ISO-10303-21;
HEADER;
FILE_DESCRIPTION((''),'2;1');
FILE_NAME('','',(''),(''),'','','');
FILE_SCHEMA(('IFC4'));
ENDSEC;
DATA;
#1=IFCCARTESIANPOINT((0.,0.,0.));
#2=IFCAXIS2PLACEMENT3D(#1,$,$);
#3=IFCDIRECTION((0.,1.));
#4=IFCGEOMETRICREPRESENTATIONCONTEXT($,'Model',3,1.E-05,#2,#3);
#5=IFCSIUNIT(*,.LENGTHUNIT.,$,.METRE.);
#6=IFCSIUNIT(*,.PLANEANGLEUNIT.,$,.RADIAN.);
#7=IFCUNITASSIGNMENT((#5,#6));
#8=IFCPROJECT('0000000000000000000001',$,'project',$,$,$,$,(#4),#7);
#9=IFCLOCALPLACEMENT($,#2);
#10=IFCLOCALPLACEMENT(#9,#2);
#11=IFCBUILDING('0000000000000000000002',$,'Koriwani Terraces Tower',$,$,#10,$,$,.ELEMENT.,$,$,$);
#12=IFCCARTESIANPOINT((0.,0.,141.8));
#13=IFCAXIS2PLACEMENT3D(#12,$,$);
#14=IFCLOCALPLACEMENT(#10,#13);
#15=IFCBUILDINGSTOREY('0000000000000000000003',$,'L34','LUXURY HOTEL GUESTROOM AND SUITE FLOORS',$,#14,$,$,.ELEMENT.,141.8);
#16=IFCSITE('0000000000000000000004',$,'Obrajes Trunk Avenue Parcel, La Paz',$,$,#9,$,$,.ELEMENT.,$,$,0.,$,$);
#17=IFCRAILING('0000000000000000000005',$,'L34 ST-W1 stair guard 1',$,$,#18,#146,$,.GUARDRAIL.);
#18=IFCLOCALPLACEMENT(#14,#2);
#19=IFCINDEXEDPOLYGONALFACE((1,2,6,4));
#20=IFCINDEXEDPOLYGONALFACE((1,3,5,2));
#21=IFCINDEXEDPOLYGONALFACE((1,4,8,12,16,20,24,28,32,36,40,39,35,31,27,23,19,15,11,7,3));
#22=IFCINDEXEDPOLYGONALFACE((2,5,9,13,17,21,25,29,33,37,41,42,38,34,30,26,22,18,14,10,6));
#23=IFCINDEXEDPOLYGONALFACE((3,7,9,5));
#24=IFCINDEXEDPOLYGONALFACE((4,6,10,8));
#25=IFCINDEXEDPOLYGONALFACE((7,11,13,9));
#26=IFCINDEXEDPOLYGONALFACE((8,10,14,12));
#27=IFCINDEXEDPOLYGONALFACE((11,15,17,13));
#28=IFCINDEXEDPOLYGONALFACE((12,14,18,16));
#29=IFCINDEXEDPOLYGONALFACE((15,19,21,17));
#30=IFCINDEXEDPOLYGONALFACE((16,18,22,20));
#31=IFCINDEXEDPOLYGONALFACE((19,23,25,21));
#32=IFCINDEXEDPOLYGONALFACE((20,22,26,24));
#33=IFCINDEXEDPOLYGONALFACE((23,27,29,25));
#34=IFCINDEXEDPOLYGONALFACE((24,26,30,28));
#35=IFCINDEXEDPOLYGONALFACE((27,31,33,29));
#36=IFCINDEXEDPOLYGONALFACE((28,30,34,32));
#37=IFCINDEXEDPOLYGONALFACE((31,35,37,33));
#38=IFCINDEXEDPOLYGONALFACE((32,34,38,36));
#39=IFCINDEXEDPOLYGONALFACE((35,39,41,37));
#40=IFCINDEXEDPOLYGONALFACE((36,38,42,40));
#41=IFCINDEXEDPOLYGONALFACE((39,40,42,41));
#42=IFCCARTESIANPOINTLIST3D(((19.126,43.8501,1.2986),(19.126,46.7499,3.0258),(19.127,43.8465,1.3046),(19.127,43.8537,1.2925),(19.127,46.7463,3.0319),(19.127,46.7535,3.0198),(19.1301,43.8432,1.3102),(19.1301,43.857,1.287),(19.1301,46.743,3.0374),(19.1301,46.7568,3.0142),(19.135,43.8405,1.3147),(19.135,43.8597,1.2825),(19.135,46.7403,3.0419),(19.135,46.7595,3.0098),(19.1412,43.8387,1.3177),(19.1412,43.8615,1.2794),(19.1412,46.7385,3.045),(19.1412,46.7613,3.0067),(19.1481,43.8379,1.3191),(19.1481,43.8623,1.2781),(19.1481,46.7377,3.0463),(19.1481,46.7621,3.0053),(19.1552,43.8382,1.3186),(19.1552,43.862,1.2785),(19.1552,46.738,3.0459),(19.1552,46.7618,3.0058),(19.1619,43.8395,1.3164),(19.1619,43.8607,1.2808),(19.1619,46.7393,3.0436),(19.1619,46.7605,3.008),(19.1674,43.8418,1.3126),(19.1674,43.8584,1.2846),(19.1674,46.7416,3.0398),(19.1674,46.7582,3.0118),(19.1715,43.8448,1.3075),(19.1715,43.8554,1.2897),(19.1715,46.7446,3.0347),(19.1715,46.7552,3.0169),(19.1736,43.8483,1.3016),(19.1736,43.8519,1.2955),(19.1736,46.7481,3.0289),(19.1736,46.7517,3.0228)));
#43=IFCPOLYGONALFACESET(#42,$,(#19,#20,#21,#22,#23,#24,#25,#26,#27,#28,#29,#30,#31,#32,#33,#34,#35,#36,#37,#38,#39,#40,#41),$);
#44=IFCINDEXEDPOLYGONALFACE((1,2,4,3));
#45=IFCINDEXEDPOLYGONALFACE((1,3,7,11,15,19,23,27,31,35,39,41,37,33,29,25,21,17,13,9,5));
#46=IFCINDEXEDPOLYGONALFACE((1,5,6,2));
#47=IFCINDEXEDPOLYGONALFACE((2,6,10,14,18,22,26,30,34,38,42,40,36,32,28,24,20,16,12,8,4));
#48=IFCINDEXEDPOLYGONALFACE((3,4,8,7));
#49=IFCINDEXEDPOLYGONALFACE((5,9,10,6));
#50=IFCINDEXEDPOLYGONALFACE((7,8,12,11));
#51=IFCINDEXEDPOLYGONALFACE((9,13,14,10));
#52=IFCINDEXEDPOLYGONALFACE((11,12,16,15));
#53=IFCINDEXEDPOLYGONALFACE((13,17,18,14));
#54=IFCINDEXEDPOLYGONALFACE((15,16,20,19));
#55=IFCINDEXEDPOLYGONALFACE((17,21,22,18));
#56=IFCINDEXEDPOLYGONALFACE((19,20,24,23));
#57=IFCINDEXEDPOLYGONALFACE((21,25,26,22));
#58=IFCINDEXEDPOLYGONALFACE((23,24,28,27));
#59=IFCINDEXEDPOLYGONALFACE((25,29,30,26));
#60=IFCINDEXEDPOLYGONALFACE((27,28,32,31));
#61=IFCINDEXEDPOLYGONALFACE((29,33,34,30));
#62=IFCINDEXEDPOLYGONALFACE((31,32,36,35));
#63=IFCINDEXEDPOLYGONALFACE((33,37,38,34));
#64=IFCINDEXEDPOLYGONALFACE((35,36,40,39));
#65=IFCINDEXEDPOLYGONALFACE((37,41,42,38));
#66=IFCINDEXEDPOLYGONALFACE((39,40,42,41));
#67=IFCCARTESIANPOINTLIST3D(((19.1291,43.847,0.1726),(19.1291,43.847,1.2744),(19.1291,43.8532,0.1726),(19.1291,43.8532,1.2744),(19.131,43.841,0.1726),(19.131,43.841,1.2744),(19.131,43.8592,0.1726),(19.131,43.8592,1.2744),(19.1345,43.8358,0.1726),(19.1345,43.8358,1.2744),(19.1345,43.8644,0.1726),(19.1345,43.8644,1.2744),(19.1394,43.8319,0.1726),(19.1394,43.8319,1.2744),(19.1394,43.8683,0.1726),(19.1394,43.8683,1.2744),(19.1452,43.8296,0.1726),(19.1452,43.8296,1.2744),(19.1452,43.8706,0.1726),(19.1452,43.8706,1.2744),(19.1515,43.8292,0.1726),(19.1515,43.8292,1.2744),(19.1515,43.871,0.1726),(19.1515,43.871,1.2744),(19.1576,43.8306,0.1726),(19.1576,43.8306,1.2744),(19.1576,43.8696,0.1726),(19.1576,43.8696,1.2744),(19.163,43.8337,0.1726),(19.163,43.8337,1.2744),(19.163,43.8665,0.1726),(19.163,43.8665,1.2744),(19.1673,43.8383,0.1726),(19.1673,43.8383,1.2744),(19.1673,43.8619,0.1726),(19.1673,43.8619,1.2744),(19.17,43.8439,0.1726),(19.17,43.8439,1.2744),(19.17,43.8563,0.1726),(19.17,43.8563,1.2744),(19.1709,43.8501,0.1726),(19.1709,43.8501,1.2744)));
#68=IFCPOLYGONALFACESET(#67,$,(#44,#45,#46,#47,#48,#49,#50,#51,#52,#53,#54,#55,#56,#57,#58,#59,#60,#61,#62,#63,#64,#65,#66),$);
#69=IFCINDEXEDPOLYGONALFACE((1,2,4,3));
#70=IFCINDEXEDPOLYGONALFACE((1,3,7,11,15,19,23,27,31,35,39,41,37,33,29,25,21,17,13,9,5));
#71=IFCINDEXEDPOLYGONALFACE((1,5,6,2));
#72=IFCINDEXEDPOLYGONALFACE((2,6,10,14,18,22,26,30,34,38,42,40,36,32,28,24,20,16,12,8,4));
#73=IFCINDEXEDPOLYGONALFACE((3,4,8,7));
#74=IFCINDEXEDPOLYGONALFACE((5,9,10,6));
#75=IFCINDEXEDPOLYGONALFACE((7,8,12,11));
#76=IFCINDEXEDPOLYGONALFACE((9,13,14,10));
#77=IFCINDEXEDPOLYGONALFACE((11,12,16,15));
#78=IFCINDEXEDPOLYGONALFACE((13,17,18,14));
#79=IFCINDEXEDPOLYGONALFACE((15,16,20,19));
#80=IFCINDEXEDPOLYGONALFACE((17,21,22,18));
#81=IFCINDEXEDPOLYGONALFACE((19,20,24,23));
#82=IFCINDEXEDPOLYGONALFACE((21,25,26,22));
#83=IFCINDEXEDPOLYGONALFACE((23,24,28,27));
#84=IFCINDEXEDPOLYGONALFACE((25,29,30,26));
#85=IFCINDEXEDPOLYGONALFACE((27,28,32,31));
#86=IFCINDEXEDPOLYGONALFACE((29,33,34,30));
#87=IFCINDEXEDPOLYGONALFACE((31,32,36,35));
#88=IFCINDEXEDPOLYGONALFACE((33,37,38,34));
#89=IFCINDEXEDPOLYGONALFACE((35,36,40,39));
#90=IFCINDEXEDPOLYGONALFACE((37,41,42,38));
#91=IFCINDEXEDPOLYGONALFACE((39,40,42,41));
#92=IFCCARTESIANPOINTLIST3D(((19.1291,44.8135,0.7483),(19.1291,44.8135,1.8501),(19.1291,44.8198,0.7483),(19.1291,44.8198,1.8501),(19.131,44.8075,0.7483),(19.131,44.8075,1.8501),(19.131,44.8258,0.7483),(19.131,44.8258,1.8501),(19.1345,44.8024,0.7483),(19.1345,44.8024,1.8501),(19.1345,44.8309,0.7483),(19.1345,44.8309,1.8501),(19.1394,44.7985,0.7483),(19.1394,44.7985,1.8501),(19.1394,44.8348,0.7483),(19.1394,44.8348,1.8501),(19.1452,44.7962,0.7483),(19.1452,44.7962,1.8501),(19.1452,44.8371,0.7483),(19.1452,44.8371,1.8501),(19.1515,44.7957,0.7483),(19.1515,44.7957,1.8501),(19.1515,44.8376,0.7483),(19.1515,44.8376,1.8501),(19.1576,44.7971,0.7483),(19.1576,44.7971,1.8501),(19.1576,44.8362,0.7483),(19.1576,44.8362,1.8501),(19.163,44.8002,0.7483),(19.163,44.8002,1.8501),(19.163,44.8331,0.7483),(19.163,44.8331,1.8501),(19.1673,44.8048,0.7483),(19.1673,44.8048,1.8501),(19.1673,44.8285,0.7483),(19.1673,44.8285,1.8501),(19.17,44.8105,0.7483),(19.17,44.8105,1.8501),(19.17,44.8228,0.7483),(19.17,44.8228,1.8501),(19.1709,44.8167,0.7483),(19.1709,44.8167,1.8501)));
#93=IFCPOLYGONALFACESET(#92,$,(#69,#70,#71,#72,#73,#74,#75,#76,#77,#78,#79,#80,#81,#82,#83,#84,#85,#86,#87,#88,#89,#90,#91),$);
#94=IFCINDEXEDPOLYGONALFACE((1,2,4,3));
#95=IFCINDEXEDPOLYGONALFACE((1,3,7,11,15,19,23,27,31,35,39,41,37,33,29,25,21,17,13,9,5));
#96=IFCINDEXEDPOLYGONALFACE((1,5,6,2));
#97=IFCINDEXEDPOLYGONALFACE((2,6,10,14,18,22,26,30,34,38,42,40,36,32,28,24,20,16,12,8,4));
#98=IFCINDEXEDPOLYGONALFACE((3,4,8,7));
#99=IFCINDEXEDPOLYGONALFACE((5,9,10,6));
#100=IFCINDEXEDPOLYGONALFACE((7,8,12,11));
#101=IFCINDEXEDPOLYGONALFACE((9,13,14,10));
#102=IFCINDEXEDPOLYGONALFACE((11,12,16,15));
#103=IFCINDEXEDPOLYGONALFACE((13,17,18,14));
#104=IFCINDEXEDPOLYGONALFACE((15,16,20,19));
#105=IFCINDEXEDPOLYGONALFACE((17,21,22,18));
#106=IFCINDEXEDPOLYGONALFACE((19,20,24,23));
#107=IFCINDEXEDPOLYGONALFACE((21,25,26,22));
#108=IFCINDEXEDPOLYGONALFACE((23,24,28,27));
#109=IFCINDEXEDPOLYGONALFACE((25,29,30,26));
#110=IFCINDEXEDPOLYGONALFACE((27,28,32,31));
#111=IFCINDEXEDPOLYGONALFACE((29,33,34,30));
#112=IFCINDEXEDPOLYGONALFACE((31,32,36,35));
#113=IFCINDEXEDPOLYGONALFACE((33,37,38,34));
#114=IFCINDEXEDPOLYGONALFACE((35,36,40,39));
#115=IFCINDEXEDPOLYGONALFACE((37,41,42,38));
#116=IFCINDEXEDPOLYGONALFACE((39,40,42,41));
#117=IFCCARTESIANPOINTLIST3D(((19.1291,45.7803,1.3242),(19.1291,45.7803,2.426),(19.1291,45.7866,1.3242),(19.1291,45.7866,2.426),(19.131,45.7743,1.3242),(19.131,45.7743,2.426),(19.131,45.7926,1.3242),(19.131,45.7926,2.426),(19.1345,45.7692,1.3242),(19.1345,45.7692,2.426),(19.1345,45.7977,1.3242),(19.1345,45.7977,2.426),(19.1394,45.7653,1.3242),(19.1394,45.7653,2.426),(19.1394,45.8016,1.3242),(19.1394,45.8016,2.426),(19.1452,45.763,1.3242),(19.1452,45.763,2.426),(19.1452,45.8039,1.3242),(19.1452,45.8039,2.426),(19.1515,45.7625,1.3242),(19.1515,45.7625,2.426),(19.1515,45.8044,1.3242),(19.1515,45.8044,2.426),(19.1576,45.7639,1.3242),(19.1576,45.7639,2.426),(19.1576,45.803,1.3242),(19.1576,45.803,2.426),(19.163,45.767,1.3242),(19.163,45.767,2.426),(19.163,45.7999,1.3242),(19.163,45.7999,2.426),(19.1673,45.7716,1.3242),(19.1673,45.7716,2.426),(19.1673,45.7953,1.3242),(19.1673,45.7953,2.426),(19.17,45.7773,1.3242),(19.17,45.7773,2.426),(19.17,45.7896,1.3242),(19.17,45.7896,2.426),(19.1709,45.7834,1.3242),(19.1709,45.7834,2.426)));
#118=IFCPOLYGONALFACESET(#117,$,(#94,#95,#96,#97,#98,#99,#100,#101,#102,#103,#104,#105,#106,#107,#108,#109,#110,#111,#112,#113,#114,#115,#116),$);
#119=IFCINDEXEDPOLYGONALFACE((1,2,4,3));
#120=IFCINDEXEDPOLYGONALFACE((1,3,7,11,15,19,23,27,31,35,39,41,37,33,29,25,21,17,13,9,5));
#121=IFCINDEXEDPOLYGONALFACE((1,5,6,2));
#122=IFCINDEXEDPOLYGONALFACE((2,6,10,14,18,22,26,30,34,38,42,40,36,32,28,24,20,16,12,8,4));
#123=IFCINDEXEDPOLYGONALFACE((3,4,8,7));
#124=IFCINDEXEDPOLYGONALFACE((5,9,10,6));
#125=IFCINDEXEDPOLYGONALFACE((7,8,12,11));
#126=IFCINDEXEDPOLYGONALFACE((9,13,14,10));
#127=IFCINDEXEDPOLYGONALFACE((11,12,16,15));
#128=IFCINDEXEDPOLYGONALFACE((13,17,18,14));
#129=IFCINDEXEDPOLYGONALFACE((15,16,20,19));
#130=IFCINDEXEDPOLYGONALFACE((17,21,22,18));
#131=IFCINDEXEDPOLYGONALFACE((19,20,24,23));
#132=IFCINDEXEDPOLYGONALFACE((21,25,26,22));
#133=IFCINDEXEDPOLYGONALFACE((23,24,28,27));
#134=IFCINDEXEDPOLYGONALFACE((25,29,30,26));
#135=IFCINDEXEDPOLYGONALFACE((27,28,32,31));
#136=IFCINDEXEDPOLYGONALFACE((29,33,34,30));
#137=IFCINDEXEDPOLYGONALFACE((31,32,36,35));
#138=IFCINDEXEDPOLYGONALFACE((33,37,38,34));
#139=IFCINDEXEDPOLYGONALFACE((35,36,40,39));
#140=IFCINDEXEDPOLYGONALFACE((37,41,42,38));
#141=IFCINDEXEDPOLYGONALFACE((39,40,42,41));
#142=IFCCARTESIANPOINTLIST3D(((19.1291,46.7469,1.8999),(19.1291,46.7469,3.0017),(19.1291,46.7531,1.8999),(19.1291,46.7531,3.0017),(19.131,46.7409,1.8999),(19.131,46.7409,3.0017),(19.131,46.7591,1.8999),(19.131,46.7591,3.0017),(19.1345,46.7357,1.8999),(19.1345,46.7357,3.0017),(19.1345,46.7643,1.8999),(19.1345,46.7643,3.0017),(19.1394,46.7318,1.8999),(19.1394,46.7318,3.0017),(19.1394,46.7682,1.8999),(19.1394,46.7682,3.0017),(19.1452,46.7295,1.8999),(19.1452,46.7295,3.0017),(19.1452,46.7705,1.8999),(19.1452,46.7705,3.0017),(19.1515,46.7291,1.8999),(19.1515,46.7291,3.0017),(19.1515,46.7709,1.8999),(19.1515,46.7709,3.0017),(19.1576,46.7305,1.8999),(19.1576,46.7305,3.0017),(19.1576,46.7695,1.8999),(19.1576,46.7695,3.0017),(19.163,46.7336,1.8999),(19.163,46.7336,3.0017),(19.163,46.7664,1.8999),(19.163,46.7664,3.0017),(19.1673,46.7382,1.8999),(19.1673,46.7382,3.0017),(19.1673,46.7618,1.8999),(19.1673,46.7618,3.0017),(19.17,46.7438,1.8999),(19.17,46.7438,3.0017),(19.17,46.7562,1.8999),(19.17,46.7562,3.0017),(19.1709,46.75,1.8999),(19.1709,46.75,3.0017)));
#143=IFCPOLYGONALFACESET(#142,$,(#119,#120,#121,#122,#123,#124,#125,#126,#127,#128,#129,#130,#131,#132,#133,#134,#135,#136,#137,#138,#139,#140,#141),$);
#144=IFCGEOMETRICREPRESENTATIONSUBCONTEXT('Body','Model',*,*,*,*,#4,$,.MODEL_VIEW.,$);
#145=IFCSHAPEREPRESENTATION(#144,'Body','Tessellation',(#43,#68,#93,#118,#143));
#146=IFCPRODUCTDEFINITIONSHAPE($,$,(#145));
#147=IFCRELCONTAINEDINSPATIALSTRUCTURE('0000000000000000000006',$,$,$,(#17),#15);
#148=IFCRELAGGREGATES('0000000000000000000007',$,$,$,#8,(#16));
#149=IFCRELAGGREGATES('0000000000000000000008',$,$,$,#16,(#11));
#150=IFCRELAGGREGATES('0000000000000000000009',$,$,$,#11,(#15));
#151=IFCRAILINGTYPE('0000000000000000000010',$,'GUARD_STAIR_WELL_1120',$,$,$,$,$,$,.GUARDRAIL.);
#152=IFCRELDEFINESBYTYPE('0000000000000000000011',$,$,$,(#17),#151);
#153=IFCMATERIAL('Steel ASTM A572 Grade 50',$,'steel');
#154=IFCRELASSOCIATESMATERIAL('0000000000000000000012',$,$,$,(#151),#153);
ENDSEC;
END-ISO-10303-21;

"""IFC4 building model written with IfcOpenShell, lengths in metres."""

from ifc_helpers import new_model, si_unit, direction, frame, origin, origin_2d, place, context, subcontext, project, spatial, circle, extrude, material, type_object, element, save


model = new_model("IFC4")

# Units and contexts
model_context = context("Model", 3, precision=1e-05, world=origin(), true_north=direction((0.0, 1.0)))
body_context = subcontext(model_context, "Body", "Model", "MODEL_VIEW")
ifc_project = project(units=[si_unit("LENGTHUNIT", "METRE"), si_unit("PLANEANGLEUNIT", "RADIAN")], contexts=[model_context])

# Site, building, storey
site_placement = place(None, origin())
site = spatial("IfcSite", under=ifc_project, at=site_placement, Name="Obrajes Trunk Avenue Parcel, La Paz", CompositionType="ELEMENT", RefElevation=0.0)
building_placement = place(site_placement, origin())
building = spatial("IfcBuilding", under=site, at=building_placement, Name="Koriwani Terraces Tower", CompositionType="ELEMENT")
storey_placement = place(building_placement, frame((0.0, 0.0, 141.8)))
storey = spatial("IfcBuildingStorey", under=building, at=storey_placement, Name="L34", Description="LUXURY HOTEL GUESTROOM AND SUITE FLOORS", CompositionType="ELEMENT", Elevation=141.8)

# Shared definitions
ifc_material_1 = material(Name="Steel ASTM A572 Grade 50", Category="steel")

# Railing
railing_type_1 = type_object("IfcRailingType", Name="GUARD_STAIR_WELL_1120", PredefinedType="GUARDRAIL", material=ifc_material_1)
railing_1_placement = place(storey_placement, frame((19.1499, 43.8501, 0.1726)))
element("IfcRailing", 1, at=railing_1_placement, inside=storey, type_object=railing_type_1, Name="L34 ST-W1 stair guard 1", PredefinedType="GUARDRAIL", context=body_context, shape_type="SweptSolid", body=[
    extrude(circle(Radius=0.0239, at=origin_2d()), frame((0.0, 0.0, 1.126), z_axis=(0.0, 0.859141, 0.511738), x_axis=(-1.0, 0.0, 0.0)), (0.0, 0.0, 1.0), 3.3752),
    extrude(circle(Radius=0.021, at=origin_2d()), origin(), (0.0, 0.0, 1.0), 1.1018),
    extrude(circle(Radius=0.021, at=origin_2d()), frame((0.0, 0.9666, 0.5757)), (0.0, 0.0, 1.0), 1.1018),
    extrude(circle(Radius=0.021, at=origin_2d()), frame((0.0, 1.9333, 1.1516)), (0.0, 0.0, 1.0), 1.1018),
    extrude(circle(Radius=0.021, at=origin_2d()), frame((0.0, 2.8999, 1.7273)), (0.0, 0.0, 1.0), 1.1018),
])

save(model, "model.ifc")
